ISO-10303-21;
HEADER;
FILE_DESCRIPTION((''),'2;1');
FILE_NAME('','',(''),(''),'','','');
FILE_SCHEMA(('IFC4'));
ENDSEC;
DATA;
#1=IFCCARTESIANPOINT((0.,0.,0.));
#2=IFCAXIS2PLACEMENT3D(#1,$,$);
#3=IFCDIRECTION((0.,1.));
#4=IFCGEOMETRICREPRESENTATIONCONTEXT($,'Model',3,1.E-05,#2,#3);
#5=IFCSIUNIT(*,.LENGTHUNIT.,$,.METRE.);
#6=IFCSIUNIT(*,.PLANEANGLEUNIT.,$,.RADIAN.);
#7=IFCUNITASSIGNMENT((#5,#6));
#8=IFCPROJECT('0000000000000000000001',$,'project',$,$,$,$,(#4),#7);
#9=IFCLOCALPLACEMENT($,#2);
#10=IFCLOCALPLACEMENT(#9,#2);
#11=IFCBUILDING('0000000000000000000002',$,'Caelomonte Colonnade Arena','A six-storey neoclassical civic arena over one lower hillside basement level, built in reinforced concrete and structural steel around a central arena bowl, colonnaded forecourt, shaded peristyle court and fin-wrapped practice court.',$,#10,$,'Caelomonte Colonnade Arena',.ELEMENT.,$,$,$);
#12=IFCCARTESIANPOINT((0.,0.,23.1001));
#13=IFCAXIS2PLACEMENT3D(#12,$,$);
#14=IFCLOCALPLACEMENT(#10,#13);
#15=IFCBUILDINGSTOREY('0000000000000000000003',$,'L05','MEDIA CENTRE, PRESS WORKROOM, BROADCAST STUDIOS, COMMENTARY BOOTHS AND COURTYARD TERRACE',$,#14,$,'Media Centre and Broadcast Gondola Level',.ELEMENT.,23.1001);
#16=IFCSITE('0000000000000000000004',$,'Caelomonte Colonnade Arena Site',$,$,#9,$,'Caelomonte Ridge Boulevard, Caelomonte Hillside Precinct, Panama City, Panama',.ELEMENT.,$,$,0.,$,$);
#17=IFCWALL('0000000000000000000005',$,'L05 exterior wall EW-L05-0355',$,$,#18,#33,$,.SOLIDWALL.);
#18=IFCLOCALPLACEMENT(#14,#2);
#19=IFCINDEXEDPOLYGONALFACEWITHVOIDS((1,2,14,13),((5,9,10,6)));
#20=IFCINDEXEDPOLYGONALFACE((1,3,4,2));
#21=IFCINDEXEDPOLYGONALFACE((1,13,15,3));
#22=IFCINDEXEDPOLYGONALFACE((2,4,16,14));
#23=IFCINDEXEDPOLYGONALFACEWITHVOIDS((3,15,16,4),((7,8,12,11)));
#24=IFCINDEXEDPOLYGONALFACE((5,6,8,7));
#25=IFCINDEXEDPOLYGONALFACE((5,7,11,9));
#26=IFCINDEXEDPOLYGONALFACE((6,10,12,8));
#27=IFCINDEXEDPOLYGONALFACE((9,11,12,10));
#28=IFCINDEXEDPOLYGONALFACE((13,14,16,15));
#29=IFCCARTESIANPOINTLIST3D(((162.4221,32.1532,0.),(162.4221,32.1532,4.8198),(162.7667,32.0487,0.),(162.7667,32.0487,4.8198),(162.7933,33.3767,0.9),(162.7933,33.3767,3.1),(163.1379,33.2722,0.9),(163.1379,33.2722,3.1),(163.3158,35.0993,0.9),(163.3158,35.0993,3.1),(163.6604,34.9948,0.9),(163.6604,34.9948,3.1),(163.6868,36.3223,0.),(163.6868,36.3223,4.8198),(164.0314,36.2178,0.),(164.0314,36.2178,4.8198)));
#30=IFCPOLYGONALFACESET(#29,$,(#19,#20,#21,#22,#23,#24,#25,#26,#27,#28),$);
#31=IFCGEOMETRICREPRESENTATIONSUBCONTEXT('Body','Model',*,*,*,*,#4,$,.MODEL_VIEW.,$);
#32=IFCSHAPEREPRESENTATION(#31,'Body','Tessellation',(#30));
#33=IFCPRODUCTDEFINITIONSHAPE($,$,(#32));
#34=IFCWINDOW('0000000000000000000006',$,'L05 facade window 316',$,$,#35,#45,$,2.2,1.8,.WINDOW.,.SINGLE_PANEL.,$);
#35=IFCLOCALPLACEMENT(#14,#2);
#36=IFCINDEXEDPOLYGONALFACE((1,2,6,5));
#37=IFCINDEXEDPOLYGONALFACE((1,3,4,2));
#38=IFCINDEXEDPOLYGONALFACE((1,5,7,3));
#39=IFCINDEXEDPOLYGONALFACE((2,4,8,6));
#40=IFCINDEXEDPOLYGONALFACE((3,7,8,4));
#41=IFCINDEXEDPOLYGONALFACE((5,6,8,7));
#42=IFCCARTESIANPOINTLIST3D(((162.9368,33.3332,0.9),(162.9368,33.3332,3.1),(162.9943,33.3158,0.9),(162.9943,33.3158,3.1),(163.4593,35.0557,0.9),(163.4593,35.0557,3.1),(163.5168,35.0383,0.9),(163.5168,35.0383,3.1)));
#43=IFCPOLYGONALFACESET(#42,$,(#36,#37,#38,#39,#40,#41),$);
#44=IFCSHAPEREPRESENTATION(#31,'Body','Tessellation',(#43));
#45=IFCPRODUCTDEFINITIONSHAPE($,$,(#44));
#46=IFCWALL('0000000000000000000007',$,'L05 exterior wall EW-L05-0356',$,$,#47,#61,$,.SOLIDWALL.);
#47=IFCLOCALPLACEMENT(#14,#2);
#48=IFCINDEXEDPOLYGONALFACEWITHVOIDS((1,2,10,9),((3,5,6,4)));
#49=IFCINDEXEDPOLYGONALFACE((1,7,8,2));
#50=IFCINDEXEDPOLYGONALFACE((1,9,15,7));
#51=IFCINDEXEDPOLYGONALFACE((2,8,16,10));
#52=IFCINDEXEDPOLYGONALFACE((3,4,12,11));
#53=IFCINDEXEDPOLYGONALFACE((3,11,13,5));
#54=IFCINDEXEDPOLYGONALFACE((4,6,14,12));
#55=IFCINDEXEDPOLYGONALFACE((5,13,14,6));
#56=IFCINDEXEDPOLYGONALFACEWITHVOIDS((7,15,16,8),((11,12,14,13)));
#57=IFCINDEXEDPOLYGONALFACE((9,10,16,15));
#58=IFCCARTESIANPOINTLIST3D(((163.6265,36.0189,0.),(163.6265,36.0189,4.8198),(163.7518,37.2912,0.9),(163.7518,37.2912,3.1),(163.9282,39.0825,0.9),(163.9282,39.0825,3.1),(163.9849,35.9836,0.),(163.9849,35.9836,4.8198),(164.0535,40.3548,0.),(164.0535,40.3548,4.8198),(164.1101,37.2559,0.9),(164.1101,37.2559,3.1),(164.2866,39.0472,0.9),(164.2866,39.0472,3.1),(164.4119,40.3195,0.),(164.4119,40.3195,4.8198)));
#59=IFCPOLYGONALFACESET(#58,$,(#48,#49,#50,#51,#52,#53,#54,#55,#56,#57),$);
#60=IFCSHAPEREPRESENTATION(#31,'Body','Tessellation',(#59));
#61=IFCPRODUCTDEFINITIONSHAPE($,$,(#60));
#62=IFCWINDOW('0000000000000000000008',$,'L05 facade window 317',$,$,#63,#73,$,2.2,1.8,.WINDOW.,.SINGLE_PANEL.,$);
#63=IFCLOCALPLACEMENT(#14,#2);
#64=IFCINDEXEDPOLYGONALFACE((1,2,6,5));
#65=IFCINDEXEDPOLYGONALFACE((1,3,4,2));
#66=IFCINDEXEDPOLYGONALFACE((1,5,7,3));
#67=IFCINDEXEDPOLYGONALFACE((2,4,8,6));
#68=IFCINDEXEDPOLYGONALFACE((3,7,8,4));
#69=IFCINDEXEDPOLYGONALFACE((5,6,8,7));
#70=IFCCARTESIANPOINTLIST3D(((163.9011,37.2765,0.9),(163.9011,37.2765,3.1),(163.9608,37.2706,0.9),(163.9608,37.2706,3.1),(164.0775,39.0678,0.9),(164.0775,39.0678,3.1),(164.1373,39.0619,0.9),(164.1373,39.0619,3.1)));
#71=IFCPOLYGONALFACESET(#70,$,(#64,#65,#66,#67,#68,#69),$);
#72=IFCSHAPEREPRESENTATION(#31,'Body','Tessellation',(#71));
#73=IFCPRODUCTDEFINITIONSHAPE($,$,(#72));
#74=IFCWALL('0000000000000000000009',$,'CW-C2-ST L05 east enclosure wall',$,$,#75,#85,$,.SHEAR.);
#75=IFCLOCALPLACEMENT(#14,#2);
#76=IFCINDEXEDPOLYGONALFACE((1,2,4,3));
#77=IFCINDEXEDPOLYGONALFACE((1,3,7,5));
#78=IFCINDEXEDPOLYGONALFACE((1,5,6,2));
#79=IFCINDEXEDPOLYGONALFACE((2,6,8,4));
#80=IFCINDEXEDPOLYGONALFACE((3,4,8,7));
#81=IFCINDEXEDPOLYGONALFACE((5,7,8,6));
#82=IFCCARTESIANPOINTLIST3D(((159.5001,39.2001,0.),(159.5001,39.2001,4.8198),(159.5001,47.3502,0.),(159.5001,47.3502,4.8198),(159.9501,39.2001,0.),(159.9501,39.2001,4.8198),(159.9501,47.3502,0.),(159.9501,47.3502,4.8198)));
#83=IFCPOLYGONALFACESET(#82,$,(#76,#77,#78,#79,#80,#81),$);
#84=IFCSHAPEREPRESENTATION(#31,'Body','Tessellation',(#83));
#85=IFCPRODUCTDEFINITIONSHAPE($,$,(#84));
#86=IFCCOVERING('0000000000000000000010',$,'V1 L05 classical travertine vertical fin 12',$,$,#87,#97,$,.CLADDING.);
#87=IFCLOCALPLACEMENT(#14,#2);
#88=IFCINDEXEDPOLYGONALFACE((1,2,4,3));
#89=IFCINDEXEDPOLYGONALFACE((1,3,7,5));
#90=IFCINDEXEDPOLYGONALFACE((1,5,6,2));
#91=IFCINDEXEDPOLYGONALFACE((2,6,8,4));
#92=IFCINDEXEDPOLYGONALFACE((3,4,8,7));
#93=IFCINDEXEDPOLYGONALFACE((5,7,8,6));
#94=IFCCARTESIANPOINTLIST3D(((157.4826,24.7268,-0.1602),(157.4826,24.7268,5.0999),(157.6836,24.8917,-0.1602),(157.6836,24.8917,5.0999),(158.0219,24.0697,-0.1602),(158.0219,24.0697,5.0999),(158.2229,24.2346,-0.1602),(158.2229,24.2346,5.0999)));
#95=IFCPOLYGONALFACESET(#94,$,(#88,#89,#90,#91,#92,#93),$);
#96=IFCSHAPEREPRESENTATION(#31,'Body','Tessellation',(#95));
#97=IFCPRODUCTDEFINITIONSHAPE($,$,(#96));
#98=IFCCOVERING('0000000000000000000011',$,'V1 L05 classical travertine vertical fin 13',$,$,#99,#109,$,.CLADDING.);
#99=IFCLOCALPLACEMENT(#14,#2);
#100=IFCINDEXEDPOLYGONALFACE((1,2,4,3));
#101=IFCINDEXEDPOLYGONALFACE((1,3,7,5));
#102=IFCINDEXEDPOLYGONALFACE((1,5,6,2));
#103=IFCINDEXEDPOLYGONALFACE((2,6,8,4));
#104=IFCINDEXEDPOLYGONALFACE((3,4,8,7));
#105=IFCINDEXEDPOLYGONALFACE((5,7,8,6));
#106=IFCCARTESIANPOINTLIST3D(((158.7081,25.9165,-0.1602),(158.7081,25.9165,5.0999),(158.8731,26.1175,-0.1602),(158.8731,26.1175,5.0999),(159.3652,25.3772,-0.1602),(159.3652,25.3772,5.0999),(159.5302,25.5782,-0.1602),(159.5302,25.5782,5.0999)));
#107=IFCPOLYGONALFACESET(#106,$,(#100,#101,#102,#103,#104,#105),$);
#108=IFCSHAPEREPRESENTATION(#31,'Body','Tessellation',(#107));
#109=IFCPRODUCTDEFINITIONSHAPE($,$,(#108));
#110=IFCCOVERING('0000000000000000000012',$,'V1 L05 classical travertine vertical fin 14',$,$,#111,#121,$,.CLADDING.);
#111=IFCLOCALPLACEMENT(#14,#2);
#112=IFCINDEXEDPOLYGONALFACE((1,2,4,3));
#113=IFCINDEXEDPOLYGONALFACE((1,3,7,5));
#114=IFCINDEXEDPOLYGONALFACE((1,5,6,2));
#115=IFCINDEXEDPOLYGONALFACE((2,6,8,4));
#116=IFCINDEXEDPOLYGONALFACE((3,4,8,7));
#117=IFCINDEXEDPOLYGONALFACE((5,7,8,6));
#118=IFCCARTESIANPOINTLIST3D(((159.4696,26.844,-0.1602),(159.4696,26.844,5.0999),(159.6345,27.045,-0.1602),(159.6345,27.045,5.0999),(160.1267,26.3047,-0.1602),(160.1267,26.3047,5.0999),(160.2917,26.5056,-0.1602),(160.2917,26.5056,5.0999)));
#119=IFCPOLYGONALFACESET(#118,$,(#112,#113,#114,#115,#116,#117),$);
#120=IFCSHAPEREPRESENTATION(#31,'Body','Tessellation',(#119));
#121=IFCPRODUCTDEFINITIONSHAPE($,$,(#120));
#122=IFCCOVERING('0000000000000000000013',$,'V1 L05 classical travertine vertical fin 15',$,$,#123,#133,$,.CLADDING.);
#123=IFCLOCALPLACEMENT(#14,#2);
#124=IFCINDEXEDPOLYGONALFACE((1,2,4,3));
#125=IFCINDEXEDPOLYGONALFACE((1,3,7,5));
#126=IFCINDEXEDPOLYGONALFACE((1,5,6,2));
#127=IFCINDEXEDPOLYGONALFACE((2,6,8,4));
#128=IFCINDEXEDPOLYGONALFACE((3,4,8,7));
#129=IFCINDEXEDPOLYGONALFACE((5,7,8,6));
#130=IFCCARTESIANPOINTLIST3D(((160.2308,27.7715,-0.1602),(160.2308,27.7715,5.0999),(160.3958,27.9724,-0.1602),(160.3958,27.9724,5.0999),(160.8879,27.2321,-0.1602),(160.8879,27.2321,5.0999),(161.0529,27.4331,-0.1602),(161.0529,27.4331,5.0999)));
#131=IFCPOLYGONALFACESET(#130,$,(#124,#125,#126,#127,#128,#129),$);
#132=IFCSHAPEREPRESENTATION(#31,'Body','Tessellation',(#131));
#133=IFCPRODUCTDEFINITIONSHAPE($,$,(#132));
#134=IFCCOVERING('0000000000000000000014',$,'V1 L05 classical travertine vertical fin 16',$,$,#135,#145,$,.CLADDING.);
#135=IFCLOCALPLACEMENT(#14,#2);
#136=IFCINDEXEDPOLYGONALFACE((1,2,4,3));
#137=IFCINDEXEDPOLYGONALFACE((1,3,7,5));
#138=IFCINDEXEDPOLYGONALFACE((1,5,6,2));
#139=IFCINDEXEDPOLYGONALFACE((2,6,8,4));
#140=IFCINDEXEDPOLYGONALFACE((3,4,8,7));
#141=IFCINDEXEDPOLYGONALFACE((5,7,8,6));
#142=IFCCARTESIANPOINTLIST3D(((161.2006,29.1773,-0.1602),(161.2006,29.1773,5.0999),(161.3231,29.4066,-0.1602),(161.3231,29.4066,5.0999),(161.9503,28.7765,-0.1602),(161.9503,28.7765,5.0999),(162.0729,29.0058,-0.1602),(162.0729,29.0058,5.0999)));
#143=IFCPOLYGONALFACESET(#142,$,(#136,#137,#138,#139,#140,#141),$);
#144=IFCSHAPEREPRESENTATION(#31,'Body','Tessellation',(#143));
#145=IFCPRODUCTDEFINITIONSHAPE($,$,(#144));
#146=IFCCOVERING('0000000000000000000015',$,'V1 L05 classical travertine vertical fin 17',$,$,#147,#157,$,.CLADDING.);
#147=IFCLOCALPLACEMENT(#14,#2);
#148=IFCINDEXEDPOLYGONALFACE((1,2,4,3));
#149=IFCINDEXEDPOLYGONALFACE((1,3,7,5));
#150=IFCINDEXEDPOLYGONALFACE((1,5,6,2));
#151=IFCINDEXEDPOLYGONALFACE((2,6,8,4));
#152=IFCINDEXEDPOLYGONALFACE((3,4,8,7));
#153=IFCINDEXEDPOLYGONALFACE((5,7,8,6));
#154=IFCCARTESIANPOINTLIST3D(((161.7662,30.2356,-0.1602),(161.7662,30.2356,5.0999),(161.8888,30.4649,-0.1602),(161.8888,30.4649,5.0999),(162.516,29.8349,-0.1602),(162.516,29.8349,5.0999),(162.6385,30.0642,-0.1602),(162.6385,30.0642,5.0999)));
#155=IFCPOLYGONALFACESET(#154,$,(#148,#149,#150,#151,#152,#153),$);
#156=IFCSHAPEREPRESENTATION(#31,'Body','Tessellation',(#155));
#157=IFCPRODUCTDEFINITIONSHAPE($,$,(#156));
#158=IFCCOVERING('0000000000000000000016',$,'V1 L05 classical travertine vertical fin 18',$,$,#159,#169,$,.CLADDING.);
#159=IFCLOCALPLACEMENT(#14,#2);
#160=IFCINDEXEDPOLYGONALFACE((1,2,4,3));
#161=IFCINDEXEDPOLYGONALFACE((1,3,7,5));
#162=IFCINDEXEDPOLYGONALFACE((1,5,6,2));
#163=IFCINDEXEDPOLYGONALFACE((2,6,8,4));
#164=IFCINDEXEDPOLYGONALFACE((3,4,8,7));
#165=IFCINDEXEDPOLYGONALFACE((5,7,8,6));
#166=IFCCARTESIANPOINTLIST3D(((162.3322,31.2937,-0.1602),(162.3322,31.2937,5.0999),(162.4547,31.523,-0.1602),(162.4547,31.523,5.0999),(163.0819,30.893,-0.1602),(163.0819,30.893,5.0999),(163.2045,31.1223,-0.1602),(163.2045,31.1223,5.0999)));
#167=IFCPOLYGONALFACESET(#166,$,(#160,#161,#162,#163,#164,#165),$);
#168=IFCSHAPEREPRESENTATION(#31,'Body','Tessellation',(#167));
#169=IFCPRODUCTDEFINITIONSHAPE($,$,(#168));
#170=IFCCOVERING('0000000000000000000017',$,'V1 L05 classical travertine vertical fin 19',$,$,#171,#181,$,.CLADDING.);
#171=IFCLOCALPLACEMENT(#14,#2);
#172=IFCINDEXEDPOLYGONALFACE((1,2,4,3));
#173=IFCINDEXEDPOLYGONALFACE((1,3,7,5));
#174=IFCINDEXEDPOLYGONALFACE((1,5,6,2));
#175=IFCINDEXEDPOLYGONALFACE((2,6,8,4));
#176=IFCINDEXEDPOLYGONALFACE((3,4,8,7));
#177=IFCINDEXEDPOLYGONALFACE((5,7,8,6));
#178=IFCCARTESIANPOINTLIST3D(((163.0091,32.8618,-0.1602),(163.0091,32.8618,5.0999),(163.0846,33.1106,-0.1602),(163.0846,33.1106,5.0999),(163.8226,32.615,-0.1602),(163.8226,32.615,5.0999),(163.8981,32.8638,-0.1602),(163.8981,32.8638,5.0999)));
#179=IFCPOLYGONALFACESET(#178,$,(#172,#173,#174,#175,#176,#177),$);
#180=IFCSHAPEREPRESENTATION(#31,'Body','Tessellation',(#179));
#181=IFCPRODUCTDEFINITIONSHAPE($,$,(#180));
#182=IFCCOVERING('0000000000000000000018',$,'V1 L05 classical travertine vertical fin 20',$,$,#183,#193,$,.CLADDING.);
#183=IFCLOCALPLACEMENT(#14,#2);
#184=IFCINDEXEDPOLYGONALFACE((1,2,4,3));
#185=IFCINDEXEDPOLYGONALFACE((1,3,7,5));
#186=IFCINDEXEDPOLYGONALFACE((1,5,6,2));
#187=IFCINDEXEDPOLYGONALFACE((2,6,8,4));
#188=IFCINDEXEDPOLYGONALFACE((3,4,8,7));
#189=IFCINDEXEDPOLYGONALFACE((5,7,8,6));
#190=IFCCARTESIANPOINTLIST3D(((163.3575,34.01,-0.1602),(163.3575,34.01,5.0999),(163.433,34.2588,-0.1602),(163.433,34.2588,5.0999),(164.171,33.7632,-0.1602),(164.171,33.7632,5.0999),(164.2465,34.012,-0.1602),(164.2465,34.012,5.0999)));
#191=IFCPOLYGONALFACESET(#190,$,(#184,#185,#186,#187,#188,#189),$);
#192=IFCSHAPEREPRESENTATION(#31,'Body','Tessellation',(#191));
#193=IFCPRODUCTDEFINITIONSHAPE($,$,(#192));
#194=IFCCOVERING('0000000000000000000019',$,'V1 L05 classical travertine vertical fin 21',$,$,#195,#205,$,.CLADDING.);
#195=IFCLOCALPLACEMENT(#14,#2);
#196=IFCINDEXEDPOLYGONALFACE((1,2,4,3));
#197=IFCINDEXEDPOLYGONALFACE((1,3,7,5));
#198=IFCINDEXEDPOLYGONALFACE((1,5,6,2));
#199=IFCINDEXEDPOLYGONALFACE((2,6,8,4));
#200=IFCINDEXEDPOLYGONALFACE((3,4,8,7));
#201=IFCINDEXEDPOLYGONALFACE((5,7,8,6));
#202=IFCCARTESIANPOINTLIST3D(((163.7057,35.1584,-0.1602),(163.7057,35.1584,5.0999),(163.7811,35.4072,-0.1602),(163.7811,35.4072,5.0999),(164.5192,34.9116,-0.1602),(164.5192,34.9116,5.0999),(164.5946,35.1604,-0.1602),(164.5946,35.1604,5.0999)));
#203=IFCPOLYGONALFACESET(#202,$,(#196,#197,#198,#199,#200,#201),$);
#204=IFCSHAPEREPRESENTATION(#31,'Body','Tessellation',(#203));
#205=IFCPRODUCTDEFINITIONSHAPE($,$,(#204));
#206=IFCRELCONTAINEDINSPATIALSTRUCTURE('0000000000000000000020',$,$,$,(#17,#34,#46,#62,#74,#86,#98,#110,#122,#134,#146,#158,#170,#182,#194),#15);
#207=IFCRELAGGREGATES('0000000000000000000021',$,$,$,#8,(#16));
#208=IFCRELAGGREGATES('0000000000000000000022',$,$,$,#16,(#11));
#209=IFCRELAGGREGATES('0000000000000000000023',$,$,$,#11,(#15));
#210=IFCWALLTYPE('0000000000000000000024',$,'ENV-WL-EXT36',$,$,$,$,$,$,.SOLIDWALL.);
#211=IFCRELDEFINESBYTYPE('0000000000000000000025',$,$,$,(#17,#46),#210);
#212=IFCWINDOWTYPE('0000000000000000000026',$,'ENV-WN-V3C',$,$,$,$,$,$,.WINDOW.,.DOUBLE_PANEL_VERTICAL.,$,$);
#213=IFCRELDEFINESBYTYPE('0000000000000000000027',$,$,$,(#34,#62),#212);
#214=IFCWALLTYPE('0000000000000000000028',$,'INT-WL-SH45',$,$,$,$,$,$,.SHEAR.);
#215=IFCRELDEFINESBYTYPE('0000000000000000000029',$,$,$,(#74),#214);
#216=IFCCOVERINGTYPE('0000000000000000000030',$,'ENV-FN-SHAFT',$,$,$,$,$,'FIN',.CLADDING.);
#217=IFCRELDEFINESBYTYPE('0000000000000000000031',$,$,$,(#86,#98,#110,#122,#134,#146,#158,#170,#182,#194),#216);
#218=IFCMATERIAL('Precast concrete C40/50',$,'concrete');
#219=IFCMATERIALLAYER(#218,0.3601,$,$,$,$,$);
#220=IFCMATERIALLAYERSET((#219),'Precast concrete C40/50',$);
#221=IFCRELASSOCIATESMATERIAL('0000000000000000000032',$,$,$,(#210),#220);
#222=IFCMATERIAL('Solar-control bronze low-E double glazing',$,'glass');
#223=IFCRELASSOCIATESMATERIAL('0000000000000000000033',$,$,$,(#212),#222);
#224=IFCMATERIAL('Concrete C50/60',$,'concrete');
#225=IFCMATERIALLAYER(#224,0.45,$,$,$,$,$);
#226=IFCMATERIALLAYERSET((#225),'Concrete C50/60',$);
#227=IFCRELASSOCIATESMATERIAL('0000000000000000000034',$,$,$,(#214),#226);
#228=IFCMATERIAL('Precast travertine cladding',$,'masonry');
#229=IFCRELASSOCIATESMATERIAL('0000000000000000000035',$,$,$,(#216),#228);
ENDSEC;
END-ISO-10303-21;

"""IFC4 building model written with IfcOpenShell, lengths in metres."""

from ifc_helpers import new_model, si_unit, direction, frame, frame_2d, origin, origin_2d, place, context, subcontext, project, spatial, rectangle, extrude, material, layer, layer_set, material_profile, profile_set, type_object, element, fill, save


model = new_model("IFC4")

# Units and contexts
model_context = context("Model", 3, precision=1e-05, world=origin(), true_north=direction((0.0, 1.0)))
body_context = subcontext(model_context, "Body", "Model", "MODEL_VIEW")
ifc_project = project(units=[si_unit("LENGTHUNIT", "METRE"), si_unit("PLANEANGLEUNIT", "RADIAN")], contexts=[model_context])

# Site, building, storey
site_placement = place(None, origin())
site = spatial("IfcSite", under=ifc_project, at=site_placement, Name="Caelomonte Colonnade Arena Site", LongName="Caelomonte Ridge Boulevard, Caelomonte Hillside Precinct, Panama City, Panama", CompositionType="ELEMENT", RefElevation=0.0)
building_placement = place(site_placement, origin())
building = spatial("IfcBuilding", under=site, at=building_placement, Name="Caelomonte Colonnade Arena", Description="A six-storey neoclassical civic arena over one lower hillside basement level, built in reinforced concrete and structural steel around a central arena bowl, colonnaded forecourt, shaded peristyle court and fin-wrapped practice court.", LongName="Caelomonte Colonnade Arena", CompositionType="ELEMENT")
storey_placement = place(building_placement, frame((0.0, 0.0, 23.1001)))
storey = spatial("IfcBuildingStorey", under=building, at=storey_placement, Name="L05", Description="MEDIA CENTRE, PRESS WORKROOM, BROADCAST STUDIOS, COMMENTARY BOOTHS AND COURTYARD TERRACE", LongName="Media Centre and Broadcast Gondola Level", CompositionType="ELEMENT", Elevation=23.1001)

# Walls, openings, windows
ifc_material_1 = material(Name="Precast concrete C40/50", Category="concrete")
ifc_layer_1 = layer(ifc_material_1, 0.3601)
ifc_layer_set_1 = layer_set([ifc_layer_1], Name="Precast concrete C40/50")
wall_type_1 = type_object("IfcWallType", Name="ENV-WL-EXT36", PredefinedType="SOLIDWALL", material=ifc_layer_set_1)
ifc_material_2 = material(Name="Solar-control bronze low-E double glazing", Category="glass")
window_type = type_object("IfcWindowType", Name="ENV-WN-V3C", PartitioningType="DOUBLE_PANEL_VERTICAL", PredefinedType="WINDOW", material=ifc_material_2)
wall_1_placement = place(storey_placement, frame((162.5945, 32.1011, 0.0), z_axis=(0.0, 0.0, 1.0), x_axis=(0.290272, 0.956944, 0.0)))
wall_1 = element("IfcWall", 1, at=wall_1_placement, inside=storey, type_object=wall_type_1, Name="L05 exterior wall EW-L05-0355", PredefinedType="SOLIDWALL", context=body_context, shape_type="SweptSolid", body=[
    extrude(rectangle(XDim=4.3567, YDim=0.3601, at=frame_2d((2.1782, 0.0))), origin(), (0.0, 0.0, 1.0), 4.8198),
])
opening_1_placement = place(wall_1_placement, frame((3.0784, 0.0, 0.8999), z_axis=(0.0, 0.0, 1.0), x_axis=(-1.0, 0.0, 0.0)))
opening_1 = element("IfcOpeningElement", 2, at=opening_1_placement, cuts=wall_1, PredefinedType="OPENING", context=body_context, shape_type="SweptSolid", body=[
    extrude(rectangle(XDim=1.8, YDim=2.2, at=frame_2d((0.8999, 1.1001))), frame((0.0, 0.1899, 0.0), z_axis=(0.0, -1.0, 0.0), x_axis=(1.0, 0.0, 0.0)), (0.0, 0.0, 1.0), 0.3801),
])
window_1_placement = place(opening_1_placement, origin())
window_1 = element("IfcWindow", 3, at=window_1_placement, inside=storey, type_object=window_type, Name="L05 facade window 316", OverallHeight=2.2, OverallWidth=1.8, PartitioningType="SINGLE_PANEL", PredefinedType="WINDOW", context=body_context, shape_type="SweptSolid", body=[
    extrude(rectangle(XDim=1.8, YDim=2.2, at=frame_2d((0.8999, 1.1001))), frame((0.0, 0.03, 0.0), z_axis=(0.0, -1.0, 0.0), x_axis=(1.0, 0.0, 0.0)), (0.0, 0.0, 1.0), 0.0601),
])
fill(opening_1, window_1)
wall_2_placement = place(storey_placement, frame((163.8057, 36.0012, 0.0), z_axis=(0.0, 0.0, 1.0), x_axis=(0.098006, 0.995186, 0.0)))
wall_2 = element("IfcWall", 4, at=wall_2_placement, inside=storey, type_object=wall_type_1, Name="L05 exterior wall EW-L05-0356", PredefinedType="SOLIDWALL", context=body_context, shape_type="SweptSolid", body=[
    extrude(rectangle(XDim=4.3569, YDim=0.3601, at=frame_2d((2.1785, 0.0))), origin(), (0.0, 0.0, 1.0), 4.8198),
])
opening_2_placement = place(wall_2_placement, frame((3.0784, 0.0, 0.8999), z_axis=(0.0, 0.0, 1.0), x_axis=(-1.0, 0.0, 0.0)))
opening_2 = element("IfcOpeningElement", 5, at=opening_2_placement, cuts=wall_2, PredefinedType="OPENING", context=body_context, shape_type="SweptSolid", body=[
    extrude(rectangle(XDim=1.8, YDim=2.2, at=frame_2d((0.8999, 1.1001))), frame((0.0, 0.1899, 0.0), z_axis=(0.0, -1.0, 0.0), x_axis=(1.0, 0.0, 0.0)), (0.0, 0.0, 1.0), 0.3801),
])
window_2_placement = place(opening_2_placement, origin())
window_2 = element("IfcWindow", 6, at=window_2_placement, inside=storey, type_object=window_type, Name="L05 facade window 317", OverallHeight=2.2, OverallWidth=1.8, PartitioningType="SINGLE_PANEL", PredefinedType="WINDOW", context=body_context, shape_type="SweptSolid", body=[
    extrude(rectangle(XDim=1.8, YDim=2.2, at=frame_2d((0.8999, 1.1001))), frame((0.0, 0.03, 0.0), z_axis=(0.0, -1.0, 0.0), x_axis=(1.0, 0.0, 0.0)), (0.0, 0.0, 1.0), 0.0601),
])
fill(opening_2, window_2)

# Wall
ifc_material_3 = material(Name="Concrete C50/60", Category="concrete")
ifc_layer_2 = layer(ifc_material_3, 0.45)
ifc_layer_set_2 = layer_set([ifc_layer_2], Name="Concrete C50/60")
wall_type_2 = type_object("IfcWallType", Name="INT-WL-SH45", PredefinedType="SHEAR", material=ifc_layer_set_2)
wall_3_placement = place(storey_placement, frame((159.7251, 39.2, 0.0), z_axis=(0.0, 0.0, 1.0), x_axis=(0.0, 1.0, 0.0)))
element("IfcWall", 7, at=wall_3_placement, inside=storey, type_object=wall_type_2, Name="CW-C2-ST L05 east enclosure wall", PredefinedType="SHEAR", context=body_context, shape_type="SweptSolid", body=[
    extrude(rectangle(XDim=8.1501, YDim=0.45, at=frame_2d((4.0752, 0.0))), origin(), (0.0, 0.0, 1.0), 4.8198),
])

# Coverings
ifc_material_4 = material(Name="Precast travertine cladding", Category="masonry")
ifc_material_profile_1 = material_profile(ifc_material_4, rectangle(XDim=0.26, YDim=0.8501, at=origin_2d()), Name="FIN260X850")
ifc_profile_set_1 = profile_set([ifc_material_profile_1], Name="Precast travertine cladding")
covering_type = type_object("IfcCoveringType", Name="ENV-FN-SHAFT", ElementType="FIN", PredefinedType="CLADDING", material=ifc_profile_set_1)
for number, where, z_axis, x_axis, name in (
    (8, (157.8528, 24.4807, -0.1602), (0.0, 0.0, 1.0), (-0.772994, -0.634414, 0.0), "V1 L05 classical travertine vertical fin 12"),
    (9, (159.1191, 25.7473, -0.1602), (0.0, 0.0, 1.0), (-0.634414, -0.772994, 0.0), "V1 L05 classical travertine vertical fin 13"),
    (10, (159.8806, 26.6748, -0.1602), (0.0, 0.0, 1.0), (-0.634414, -0.772994, 0.0), "V1 L05 classical travertine vertical fin 14"),
    (11, (160.6418, 27.6023, -0.1602), (0.0, 0.0, 1.0), (-0.634414, -0.772994, 0.0), "V1 L05 classical travertine vertical fin 15"),
    (12, (161.6367, 29.0916, -0.1602), (0.0, 0.0, 1.0), (-0.471397, -0.881921, 0.0), "V1 L05 classical travertine vertical fin 16"),
    (13, (162.2024, 30.1499, -0.1602), (0.0, 0.0, 1.0), (-0.471397, -0.881921, 0.0), "V1 L05 classical travertine vertical fin 17"),
    (14, (162.7683, 31.208, -0.1602), (0.0, 0.0, 1.0), (-0.471397, -0.881921, 0.0), "V1 L05 classical travertine vertical fin 18"),
    (15, (163.4536, 32.8628, -0.1602), (0.0, 0.0, 1.0), (-0.290276, -0.956943, 0.0), "V1 L05 classical travertine vertical fin 19"),
    (16, (163.802, 34.011, -0.1602), (0.0, 0.0, 1.0), (-0.290276, -0.956943, 0.0), "V1 L05 classical travertine vertical fin 20"),
    (17, (164.1501, 35.1594, -0.1602), (0.0, 0.0, 1.0), (-0.290276, -0.956943, 0.0), "V1 L05 classical travertine vertical fin 21"),
):
    element("IfcCovering", number, at=place(storey_placement, frame(where, z_axis=z_axis, x_axis=x_axis)), inside=storey, type_object=covering_type, Name=name, PredefinedType="CLADDING", context=body_context, shape_type="SweptSolid", body=[
        extrude(rectangle(XDim=0.26, YDim=0.8501, at=origin_2d()), origin(), (0.0, 0.0, 1.0), 5.26),
    ])

save(model, "model.ifc")
